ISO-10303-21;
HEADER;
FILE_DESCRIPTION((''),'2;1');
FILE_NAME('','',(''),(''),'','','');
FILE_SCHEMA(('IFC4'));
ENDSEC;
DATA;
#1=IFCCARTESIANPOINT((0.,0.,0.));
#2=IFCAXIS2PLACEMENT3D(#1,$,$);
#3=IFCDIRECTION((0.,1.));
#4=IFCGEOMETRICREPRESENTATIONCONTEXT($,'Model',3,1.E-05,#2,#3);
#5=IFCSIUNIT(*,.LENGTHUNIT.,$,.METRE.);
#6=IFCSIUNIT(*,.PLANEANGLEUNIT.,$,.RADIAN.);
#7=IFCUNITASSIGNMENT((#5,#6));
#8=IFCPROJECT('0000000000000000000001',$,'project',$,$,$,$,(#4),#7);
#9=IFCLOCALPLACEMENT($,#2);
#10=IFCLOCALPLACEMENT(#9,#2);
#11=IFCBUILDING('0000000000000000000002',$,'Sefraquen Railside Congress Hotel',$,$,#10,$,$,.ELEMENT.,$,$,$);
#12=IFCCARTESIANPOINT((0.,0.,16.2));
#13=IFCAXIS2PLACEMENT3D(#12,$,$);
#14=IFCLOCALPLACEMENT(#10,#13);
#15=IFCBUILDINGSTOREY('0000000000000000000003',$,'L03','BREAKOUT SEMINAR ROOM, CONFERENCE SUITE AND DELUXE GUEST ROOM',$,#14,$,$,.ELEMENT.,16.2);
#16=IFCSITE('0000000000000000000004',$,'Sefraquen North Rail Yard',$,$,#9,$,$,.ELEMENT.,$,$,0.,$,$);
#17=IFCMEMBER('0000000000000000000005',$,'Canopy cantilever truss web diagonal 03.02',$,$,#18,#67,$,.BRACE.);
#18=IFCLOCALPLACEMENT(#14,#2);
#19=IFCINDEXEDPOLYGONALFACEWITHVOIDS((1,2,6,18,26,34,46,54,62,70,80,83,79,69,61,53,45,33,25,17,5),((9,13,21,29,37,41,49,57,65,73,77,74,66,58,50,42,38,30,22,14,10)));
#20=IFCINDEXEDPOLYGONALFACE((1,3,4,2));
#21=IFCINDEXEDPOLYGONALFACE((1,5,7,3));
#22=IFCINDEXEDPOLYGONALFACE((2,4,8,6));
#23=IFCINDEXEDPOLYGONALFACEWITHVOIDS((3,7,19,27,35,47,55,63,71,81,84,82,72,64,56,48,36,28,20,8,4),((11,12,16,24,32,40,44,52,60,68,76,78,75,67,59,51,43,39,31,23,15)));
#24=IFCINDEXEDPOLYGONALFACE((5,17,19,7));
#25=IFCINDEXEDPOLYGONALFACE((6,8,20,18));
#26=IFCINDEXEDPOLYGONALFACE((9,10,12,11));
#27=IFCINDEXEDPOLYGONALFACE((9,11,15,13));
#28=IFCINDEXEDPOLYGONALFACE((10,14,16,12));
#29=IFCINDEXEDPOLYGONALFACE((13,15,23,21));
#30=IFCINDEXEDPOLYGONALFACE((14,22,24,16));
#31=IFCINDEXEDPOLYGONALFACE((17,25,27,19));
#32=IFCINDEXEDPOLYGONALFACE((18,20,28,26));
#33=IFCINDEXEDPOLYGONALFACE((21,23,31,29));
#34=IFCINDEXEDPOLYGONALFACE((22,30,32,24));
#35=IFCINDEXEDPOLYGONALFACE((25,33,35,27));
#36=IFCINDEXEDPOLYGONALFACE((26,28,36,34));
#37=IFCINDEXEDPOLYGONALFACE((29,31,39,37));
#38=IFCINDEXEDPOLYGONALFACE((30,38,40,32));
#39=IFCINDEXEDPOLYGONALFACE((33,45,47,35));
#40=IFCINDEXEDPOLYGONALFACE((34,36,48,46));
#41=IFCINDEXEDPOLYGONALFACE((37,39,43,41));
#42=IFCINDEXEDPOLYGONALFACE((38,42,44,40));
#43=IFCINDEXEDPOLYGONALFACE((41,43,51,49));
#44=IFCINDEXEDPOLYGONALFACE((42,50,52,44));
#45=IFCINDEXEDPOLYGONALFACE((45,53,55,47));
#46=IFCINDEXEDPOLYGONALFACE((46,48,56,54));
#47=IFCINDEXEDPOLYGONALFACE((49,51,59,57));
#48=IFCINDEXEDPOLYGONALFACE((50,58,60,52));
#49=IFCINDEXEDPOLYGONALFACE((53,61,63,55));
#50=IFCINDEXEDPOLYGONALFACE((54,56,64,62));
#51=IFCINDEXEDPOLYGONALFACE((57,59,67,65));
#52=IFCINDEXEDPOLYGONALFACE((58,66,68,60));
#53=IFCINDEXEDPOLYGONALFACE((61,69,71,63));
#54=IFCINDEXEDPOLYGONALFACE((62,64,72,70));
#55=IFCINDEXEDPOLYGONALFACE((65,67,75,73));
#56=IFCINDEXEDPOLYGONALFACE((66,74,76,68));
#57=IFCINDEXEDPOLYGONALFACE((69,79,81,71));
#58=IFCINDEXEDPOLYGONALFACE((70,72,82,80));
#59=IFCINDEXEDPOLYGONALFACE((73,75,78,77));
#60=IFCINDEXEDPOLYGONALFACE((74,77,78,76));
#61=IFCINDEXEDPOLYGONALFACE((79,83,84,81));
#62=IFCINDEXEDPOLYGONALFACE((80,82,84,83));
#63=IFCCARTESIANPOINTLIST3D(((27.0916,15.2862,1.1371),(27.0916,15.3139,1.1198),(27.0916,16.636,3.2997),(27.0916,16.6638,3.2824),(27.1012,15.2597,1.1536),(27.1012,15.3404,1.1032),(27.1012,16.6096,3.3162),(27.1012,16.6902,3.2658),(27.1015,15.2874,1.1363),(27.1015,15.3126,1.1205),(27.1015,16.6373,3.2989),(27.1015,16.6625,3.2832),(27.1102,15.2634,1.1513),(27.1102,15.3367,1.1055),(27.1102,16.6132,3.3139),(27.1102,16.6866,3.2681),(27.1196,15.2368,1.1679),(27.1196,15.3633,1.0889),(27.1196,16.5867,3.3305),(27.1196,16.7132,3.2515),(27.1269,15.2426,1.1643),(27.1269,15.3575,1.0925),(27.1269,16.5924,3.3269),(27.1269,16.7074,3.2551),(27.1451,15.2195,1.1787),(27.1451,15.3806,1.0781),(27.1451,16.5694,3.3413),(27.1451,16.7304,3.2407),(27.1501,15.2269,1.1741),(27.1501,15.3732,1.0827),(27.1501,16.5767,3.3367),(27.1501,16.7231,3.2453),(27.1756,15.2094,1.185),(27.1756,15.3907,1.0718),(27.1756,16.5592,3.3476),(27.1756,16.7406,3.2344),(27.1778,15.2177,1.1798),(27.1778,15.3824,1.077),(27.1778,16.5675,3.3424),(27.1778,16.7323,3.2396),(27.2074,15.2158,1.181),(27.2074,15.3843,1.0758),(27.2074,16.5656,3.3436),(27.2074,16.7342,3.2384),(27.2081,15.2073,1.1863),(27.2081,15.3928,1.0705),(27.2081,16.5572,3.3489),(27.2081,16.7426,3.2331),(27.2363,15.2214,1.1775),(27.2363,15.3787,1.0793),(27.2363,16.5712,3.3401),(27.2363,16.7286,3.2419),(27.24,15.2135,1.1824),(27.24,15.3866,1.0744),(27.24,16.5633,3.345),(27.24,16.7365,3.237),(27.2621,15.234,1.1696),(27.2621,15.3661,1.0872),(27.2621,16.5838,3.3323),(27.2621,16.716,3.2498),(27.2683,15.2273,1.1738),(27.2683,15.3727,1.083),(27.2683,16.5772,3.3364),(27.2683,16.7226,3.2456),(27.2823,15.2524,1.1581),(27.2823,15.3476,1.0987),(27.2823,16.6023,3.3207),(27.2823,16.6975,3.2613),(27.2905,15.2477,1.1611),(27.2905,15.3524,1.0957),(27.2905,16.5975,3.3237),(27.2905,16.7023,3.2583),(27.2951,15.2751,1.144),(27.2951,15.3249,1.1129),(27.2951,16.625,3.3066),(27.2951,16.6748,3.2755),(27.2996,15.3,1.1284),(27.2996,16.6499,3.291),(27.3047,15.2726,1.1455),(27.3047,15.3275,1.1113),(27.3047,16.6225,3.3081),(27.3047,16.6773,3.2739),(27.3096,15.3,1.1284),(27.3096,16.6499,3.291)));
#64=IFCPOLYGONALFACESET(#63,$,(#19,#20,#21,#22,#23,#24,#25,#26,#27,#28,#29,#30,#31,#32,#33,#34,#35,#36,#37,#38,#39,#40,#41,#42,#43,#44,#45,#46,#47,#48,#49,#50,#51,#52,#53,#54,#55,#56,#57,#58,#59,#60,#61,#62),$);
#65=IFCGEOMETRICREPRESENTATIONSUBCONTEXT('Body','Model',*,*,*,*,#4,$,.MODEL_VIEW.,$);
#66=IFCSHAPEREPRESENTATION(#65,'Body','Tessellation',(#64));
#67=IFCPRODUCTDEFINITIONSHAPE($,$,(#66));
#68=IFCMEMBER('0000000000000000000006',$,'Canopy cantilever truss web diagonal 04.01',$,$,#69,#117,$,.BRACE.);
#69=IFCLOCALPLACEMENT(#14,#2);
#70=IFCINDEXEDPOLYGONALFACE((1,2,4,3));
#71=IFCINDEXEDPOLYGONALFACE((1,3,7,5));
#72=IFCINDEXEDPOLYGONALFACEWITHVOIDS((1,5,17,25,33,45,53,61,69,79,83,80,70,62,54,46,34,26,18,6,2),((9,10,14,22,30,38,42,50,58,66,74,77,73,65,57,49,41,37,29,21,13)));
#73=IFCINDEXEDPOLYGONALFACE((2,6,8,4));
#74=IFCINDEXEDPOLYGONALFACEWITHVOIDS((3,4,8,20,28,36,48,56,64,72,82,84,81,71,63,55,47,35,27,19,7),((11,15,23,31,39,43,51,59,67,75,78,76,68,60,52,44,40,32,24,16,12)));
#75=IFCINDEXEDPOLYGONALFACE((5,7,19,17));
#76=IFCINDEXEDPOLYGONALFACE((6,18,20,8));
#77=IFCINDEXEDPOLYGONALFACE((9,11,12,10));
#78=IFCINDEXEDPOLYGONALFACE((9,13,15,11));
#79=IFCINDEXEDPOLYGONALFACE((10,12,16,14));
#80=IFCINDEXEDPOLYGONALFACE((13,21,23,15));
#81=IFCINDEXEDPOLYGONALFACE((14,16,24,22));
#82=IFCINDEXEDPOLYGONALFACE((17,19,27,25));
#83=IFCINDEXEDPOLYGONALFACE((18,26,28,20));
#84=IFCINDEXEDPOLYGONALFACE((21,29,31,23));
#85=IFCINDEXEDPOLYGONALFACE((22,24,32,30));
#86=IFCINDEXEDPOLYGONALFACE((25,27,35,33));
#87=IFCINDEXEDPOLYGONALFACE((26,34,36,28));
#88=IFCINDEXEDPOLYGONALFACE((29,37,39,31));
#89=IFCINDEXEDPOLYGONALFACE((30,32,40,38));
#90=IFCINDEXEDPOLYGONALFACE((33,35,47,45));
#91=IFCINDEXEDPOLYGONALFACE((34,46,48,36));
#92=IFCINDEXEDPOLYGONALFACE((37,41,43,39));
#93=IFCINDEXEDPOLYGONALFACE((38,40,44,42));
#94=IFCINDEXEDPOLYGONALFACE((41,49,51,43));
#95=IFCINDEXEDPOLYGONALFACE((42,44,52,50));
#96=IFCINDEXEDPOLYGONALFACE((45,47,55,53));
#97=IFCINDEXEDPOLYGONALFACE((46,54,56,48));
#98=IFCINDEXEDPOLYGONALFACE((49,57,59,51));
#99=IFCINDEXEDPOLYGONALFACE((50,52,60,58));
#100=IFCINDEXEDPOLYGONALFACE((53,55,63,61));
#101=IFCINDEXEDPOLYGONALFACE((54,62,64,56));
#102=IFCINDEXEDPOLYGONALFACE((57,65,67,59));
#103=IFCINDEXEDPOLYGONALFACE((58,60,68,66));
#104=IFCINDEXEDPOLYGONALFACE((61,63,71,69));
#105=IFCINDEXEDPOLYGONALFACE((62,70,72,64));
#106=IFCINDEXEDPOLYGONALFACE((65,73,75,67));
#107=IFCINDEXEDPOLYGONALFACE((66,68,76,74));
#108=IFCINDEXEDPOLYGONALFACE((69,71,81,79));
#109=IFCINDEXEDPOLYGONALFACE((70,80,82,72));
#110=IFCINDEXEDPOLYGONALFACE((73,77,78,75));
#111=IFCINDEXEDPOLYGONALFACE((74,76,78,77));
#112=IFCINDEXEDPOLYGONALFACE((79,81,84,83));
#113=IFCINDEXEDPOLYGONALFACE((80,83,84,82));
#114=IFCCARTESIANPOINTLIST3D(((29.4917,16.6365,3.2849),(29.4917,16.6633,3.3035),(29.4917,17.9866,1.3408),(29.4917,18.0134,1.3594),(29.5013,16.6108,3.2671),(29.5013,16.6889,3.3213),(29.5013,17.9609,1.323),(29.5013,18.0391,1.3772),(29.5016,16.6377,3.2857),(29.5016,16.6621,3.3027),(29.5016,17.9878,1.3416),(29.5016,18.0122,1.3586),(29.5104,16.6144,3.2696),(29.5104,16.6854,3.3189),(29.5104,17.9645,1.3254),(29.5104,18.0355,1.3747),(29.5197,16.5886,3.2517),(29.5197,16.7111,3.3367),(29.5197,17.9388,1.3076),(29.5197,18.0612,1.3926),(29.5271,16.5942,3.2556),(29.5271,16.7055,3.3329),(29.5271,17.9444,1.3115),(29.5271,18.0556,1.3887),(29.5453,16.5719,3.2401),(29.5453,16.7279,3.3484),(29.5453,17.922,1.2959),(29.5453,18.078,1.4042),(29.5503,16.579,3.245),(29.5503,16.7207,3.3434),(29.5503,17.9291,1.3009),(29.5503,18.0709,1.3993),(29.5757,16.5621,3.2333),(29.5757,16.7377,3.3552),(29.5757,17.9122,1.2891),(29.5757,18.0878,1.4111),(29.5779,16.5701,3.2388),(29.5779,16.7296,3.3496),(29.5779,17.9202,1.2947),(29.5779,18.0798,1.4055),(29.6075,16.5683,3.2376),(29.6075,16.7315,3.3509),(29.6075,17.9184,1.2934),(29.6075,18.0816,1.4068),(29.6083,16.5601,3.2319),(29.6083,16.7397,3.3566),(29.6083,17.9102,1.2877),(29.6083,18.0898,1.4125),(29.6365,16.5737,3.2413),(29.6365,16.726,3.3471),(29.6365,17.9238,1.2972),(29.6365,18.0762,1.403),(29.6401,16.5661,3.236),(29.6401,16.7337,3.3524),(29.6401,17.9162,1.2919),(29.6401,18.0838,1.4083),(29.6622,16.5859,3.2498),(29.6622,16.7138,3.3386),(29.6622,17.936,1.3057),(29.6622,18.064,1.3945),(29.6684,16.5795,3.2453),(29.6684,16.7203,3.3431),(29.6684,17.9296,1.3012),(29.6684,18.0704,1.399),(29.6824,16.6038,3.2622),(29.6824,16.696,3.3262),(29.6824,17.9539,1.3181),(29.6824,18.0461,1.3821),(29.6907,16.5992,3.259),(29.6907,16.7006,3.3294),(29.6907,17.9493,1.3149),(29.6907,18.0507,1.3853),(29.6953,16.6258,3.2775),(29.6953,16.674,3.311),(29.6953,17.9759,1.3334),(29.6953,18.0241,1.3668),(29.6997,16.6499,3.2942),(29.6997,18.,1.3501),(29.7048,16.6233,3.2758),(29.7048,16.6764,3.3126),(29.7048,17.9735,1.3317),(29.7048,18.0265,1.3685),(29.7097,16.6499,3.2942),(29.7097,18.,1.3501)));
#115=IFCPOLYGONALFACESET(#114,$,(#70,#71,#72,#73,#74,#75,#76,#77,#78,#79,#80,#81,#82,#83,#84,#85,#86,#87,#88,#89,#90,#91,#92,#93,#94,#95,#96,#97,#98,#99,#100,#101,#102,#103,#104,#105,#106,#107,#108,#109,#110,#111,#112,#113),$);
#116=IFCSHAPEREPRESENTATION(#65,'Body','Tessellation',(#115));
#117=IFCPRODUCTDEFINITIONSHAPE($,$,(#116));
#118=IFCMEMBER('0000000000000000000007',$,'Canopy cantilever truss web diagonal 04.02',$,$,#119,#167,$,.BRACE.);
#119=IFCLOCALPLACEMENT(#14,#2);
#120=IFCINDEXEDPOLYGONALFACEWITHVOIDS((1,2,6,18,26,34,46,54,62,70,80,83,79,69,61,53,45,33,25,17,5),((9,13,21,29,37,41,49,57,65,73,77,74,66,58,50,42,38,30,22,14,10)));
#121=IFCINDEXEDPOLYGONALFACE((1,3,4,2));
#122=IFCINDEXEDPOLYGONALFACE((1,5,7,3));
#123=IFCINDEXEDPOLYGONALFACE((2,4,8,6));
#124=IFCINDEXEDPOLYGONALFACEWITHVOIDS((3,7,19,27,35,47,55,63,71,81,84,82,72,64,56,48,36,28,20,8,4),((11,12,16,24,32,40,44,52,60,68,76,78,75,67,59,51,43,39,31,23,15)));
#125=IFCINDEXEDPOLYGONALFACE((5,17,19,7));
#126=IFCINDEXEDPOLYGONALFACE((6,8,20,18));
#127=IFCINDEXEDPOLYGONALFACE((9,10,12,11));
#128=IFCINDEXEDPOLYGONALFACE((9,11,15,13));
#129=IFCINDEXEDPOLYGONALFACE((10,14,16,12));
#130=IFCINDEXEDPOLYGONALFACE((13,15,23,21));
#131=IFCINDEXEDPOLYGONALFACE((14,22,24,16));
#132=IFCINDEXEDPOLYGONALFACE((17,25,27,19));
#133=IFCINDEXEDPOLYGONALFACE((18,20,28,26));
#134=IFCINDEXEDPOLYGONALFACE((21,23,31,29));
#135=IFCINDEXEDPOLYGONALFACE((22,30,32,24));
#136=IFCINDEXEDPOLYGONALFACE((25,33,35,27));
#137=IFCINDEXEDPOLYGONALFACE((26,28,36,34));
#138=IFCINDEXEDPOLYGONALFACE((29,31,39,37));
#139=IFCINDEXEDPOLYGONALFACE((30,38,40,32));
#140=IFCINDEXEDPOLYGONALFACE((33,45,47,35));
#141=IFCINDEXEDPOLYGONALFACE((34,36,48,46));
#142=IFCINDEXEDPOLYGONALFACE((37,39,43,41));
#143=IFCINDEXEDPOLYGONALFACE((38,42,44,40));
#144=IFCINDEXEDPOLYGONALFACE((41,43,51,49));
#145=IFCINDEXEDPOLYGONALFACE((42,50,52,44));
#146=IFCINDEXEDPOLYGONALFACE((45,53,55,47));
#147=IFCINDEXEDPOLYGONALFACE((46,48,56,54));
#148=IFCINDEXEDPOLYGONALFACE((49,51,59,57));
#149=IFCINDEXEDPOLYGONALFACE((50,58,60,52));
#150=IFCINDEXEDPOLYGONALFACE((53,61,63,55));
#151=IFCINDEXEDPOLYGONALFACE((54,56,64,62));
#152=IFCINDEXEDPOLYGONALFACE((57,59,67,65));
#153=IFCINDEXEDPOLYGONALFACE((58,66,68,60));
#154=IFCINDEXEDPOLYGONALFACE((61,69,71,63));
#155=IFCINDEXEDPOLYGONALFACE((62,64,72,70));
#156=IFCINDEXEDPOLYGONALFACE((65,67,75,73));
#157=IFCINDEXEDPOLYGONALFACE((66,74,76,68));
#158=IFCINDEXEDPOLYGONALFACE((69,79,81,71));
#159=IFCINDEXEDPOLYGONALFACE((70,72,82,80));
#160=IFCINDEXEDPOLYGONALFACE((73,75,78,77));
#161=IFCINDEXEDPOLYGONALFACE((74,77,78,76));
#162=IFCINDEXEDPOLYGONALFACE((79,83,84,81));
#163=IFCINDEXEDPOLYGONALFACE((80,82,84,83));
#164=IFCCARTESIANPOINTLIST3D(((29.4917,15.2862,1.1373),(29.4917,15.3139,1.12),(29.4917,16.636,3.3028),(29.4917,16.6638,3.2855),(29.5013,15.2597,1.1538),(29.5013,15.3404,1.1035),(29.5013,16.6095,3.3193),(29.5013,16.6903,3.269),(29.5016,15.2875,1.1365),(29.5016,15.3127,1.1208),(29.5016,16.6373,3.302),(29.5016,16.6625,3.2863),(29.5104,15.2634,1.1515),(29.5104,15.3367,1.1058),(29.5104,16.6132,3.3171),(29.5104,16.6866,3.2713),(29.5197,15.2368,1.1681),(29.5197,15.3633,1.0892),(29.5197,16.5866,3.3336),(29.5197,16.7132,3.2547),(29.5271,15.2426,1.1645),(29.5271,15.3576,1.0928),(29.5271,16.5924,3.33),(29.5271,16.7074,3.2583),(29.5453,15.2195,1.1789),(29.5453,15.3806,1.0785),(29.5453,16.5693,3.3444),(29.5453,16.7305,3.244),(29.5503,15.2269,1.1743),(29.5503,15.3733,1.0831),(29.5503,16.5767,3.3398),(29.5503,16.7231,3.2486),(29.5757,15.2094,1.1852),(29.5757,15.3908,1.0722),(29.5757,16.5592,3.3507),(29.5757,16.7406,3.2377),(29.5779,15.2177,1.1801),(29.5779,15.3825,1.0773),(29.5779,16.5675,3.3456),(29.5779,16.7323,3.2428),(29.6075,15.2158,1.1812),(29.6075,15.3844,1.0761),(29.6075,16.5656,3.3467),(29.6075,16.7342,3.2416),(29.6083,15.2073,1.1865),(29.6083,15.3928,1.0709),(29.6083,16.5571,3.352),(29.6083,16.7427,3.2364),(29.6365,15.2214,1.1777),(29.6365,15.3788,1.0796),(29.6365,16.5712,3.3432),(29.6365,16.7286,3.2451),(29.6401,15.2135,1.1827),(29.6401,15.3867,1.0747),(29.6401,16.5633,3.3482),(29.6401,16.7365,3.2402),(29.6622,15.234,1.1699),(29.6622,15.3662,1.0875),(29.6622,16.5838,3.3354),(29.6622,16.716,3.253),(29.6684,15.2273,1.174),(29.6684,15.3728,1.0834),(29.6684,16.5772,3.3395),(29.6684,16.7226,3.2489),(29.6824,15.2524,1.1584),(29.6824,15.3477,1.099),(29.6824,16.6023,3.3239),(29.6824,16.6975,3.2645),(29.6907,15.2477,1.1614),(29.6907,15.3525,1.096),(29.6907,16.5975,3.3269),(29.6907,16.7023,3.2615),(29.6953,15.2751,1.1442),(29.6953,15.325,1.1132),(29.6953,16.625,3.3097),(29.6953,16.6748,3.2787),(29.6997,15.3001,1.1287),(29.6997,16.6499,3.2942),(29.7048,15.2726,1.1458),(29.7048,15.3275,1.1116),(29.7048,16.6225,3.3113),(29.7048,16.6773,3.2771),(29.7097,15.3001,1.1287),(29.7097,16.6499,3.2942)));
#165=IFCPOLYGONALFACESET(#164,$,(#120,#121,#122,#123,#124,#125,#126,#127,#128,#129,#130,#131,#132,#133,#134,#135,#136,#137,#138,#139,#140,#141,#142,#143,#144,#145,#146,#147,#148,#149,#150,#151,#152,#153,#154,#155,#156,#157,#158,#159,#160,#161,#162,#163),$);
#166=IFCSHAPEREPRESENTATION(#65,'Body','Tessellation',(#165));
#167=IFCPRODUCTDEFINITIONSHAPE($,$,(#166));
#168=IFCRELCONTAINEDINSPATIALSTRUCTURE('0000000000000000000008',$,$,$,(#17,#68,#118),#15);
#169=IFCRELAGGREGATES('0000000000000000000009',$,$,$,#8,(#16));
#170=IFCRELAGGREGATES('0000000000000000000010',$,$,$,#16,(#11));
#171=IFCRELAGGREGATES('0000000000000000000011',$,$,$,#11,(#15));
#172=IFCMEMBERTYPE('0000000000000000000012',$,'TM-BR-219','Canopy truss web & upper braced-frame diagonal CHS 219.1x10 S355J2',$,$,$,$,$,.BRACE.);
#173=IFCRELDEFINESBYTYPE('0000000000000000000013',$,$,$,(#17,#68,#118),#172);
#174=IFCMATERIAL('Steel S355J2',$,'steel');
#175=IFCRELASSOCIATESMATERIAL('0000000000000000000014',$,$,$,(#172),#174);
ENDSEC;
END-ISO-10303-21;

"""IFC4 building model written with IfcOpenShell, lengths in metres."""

from ifc_helpers import new_model, si_unit, direction, frame, origin, origin_2d, place, context, subcontext, project, spatial, hollow_circle, extrude, material, material_profile, profile_set, type_object, element, save


model = new_model("IFC4")

# Units and contexts
model_context = context("Model", 3, precision=1e-05, world=origin(), true_north=direction((0.0, 1.0)))
body_context = subcontext(model_context, "Body", "Model", "MODEL_VIEW")
ifc_project = project(units=[si_unit("LENGTHUNIT", "METRE"), si_unit("PLANEANGLEUNIT", "RADIAN")], contexts=[model_context])

# Site, building, storey
site_placement = place(None, origin())
site = spatial("IfcSite", under=ifc_project, at=site_placement, Name="Sefraquen North Rail Yard", CompositionType="ELEMENT", RefElevation=0.0)
building_placement = place(site_placement, origin())
building = spatial("IfcBuilding", under=site, at=building_placement, Name="Sefraquen Railside Congress Hotel", CompositionType="ELEMENT")
storey_placement = place(building_placement, frame((0.0, 0.0, 16.2)))
storey = spatial("IfcBuildingStorey", under=building, at=storey_placement, Name="L03", Description="BREAKOUT SEMINAR ROOM, CONFERENCE SUITE AND DELUXE GUEST ROOM", CompositionType="ELEMENT", Elevation=16.2)

# Shared definitions
ifc_material_1 = material(Name="Steel S355J2", Category="steel")

# Members
ifc_material_profile_1 = material_profile(ifc_material_1, hollow_circle(Radius=0.1096, WallThickness=0.01, at=origin_2d()), Name="CHS 219.1x10")
ifc_profile_set_1 = profile_set([ifc_material_profile_1], Name="Steel S355J2")
member_type_1 = type_object("IfcMemberType", Name="TM-BR-219", Description="Canopy truss web & upper braced-frame diagonal CHS 219.1x10 S355J2", PredefinedType="BRACE", material=ifc_profile_set_1)
member_1_placement = place(storey_placement, frame((27.2, 16.6499, 3.291), z_axis=(0.0, -0.5295, -0.84831), x_axis=(1.0, 0.0, 0.0)))
element("IfcMember", 1, at=member_1_placement, inside=storey, type_object=member_type_1, Name="Canopy cantilever truss web diagonal 03.02", PredefinedType="BRACE", context=body_context, shape_type="SweptSolid", body=[
    extrude(hollow_circle(Radius=0.1096, WallThickness=0.01, at=origin_2d()), origin(), (0.0, 0.0, 1.0), 2.5493),
])
member_2_placement = place(storey_placement, frame((29.6001, 18.0, 1.3501), z_axis=(0.0, -0.570405, 0.821363), x_axis=(1.0, 0.0, 0.0)))
element("IfcMember", 2, at=member_2_placement, inside=storey, type_object=member_type_1, Name="Canopy cantilever truss web diagonal 04.01", PredefinedType="BRACE", context=body_context, shape_type="SweptSolid", body=[
    extrude(hollow_circle(Radius=0.1096, WallThickness=0.01, at=origin_2d()), origin(), (0.0, 0.0, 1.0), 2.3669),
])
member_3_placement = place(storey_placement, frame((29.6001, 16.6499, 3.2942), z_axis=(0.0, -0.528984, -0.848632), x_axis=(1.0, 0.0, 0.0)))
element("IfcMember", 3, at=member_3_placement, inside=storey, type_object=member_type_1, Name="Canopy cantilever truss web diagonal 04.02", PredefinedType="BRACE", context=body_context, shape_type="SweptSolid", body=[
    extrude(hollow_circle(Radius=0.1096, WallThickness=0.01, at=origin_2d()), origin(), (0.0, 0.0, 1.0), 2.5518),
])

save(model, "model.ifc")
